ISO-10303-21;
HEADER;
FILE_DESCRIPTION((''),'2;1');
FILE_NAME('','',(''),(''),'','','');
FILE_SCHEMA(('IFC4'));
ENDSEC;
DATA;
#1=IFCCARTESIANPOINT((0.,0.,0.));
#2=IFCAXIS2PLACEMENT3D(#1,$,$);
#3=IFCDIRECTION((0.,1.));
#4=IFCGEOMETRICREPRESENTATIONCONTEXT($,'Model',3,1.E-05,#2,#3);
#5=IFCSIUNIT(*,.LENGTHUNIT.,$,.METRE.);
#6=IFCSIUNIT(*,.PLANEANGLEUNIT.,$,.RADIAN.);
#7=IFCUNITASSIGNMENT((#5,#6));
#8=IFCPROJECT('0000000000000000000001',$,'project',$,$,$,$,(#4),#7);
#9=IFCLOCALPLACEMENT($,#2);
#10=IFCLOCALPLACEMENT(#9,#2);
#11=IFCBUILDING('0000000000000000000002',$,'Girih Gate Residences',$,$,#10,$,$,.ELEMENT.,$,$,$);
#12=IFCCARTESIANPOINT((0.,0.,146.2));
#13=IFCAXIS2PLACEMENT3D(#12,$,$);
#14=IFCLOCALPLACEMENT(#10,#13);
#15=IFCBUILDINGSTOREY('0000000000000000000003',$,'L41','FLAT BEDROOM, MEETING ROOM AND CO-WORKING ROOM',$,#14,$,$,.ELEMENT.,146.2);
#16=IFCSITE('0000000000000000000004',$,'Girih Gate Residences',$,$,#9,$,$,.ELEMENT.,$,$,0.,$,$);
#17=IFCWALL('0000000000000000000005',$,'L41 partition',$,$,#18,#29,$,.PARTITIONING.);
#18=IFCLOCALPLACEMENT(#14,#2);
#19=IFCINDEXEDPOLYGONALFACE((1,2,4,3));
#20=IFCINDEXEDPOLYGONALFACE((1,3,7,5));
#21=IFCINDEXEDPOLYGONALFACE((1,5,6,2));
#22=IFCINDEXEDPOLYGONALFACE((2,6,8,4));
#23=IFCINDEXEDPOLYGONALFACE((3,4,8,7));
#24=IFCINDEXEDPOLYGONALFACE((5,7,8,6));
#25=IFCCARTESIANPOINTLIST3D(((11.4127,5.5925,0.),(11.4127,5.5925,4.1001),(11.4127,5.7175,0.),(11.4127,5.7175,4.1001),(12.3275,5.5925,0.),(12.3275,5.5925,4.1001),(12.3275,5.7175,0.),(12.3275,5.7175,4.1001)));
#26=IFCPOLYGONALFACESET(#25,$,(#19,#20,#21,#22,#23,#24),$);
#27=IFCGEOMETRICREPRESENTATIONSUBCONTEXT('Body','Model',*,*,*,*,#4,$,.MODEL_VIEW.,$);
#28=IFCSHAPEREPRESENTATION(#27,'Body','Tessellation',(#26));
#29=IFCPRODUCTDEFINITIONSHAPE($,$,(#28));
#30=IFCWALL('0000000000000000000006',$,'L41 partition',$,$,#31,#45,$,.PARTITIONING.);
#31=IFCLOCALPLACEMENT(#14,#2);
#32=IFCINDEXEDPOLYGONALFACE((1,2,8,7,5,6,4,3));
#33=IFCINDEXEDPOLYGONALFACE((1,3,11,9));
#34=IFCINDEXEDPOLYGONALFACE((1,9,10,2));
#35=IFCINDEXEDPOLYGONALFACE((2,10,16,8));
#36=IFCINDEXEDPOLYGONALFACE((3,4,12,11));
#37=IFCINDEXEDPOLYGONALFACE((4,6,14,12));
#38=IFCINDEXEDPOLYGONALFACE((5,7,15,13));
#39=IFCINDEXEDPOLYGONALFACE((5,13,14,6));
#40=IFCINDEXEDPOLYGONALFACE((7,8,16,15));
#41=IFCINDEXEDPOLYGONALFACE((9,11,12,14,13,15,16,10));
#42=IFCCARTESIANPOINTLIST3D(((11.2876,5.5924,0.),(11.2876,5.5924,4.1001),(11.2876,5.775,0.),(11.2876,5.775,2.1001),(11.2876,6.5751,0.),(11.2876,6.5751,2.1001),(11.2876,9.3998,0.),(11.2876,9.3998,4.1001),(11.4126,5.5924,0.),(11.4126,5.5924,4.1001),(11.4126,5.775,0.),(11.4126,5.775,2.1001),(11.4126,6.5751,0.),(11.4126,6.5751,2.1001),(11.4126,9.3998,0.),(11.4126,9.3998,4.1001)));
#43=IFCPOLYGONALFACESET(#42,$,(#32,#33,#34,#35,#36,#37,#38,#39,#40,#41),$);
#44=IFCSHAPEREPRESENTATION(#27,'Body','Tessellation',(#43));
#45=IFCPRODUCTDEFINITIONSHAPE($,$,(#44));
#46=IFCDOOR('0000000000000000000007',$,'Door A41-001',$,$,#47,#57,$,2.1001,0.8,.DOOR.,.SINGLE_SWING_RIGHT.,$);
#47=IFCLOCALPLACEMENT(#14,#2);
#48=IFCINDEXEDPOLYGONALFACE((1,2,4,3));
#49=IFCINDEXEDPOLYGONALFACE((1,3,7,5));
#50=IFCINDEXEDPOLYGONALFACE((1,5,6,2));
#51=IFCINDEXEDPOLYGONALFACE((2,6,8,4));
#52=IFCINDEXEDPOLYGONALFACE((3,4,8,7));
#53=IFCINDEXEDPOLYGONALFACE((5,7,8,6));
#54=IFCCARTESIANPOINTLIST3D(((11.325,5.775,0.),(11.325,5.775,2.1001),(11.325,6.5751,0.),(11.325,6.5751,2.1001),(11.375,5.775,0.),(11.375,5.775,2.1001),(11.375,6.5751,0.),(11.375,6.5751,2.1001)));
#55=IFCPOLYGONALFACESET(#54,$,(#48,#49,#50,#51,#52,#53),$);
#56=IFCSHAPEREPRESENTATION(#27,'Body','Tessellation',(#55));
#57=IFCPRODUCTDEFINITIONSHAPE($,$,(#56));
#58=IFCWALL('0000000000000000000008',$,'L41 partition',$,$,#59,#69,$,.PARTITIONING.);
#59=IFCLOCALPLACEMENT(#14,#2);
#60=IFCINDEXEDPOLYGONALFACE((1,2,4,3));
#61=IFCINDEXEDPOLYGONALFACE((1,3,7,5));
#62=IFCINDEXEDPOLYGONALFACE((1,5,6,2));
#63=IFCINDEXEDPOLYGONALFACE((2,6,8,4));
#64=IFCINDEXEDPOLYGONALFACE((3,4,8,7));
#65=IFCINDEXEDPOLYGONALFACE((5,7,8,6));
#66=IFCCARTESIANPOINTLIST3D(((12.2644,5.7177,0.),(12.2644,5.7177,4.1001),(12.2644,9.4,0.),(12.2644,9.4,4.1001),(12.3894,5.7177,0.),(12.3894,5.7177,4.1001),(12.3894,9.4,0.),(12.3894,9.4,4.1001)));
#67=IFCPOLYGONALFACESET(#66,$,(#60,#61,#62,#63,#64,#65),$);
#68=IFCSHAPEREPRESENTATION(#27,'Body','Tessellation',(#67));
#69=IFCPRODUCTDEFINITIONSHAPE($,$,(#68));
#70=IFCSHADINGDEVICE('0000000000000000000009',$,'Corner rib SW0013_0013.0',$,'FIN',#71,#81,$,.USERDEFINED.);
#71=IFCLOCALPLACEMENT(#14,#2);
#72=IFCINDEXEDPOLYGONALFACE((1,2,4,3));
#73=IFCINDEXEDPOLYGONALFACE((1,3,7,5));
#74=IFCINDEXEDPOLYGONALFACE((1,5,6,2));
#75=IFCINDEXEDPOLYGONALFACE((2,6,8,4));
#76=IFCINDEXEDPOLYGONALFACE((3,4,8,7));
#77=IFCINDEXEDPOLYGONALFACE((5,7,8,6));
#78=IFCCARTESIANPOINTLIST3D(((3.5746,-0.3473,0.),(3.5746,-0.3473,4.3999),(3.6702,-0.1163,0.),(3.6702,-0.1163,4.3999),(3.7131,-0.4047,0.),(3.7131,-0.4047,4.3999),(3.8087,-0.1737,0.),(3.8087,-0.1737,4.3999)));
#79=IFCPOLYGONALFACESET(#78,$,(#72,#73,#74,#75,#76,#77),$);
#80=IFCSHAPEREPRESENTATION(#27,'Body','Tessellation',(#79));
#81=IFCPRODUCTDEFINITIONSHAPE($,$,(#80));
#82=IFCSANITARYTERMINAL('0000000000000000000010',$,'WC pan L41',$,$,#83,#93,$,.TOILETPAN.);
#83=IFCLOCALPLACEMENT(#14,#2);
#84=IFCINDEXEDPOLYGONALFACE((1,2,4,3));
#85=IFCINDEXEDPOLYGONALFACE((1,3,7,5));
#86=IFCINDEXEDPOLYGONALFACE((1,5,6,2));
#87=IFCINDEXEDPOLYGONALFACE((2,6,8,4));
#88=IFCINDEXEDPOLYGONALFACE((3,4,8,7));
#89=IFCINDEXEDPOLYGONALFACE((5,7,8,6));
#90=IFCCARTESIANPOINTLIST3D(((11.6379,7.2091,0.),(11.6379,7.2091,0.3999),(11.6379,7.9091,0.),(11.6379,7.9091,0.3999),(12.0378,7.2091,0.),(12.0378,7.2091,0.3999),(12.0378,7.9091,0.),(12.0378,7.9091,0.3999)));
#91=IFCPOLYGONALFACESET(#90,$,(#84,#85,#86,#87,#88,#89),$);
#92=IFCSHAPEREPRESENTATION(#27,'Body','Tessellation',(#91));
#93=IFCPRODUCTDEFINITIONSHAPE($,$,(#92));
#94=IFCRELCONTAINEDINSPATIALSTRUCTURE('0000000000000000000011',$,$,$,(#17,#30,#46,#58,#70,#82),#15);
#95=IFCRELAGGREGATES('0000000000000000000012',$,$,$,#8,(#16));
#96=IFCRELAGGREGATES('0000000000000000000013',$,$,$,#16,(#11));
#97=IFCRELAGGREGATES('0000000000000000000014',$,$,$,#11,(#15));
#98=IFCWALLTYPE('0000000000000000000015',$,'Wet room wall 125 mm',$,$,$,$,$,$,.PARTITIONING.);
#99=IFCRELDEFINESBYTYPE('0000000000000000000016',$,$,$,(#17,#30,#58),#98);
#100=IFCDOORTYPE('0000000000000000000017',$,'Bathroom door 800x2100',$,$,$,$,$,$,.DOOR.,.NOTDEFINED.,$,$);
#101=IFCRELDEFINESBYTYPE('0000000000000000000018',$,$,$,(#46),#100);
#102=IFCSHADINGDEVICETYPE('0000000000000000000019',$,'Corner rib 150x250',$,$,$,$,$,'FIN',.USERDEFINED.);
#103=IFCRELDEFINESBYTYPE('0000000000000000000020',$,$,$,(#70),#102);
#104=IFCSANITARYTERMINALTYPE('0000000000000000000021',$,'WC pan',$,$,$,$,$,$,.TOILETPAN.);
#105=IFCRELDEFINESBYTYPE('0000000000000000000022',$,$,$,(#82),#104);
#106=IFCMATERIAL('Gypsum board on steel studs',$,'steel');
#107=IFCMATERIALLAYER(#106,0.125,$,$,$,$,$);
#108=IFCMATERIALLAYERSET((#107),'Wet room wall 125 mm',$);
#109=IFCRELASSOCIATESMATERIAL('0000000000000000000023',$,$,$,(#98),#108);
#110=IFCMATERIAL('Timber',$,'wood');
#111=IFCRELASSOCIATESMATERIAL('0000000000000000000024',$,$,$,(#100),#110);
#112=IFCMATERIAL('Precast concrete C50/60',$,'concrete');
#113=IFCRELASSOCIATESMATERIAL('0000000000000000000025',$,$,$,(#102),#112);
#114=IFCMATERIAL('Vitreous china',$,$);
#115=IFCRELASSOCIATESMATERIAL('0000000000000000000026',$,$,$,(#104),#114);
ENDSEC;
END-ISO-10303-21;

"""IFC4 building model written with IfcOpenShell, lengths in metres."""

from ifc_helpers import new_model, si_unit, direction, frame, frame_2d, origin, origin_2d, place, context, subcontext, project, spatial, rectangle, extrude, material, layer, layer_set, type_object, element, fill, save


model = new_model("IFC4")

# Units and contexts
model_context = context("Model", 3, precision=1e-05, world=origin(), true_north=direction((0.0, 1.0)))
body_context = subcontext(model_context, "Body", "Model", "MODEL_VIEW")
ifc_project = project(units=[si_unit("LENGTHUNIT", "METRE"), si_unit("PLANEANGLEUNIT", "RADIAN")], contexts=[model_context])

# Site, building, storey
site_placement = place(None, origin())
site = spatial("IfcSite", under=ifc_project, at=site_placement, Name="Girih Gate Residences", CompositionType="ELEMENT", RefElevation=0.0)
building_placement = place(site_placement, origin())
building = spatial("IfcBuilding", under=site, at=building_placement, Name="Girih Gate Residences", CompositionType="ELEMENT")
storey_placement = place(building_placement, frame((0.0, 0.0, 146.2)))
storey = spatial("IfcBuildingStorey", under=building, at=storey_placement, Name="L41", Description="FLAT BEDROOM, MEETING ROOM AND CO-WORKING ROOM", CompositionType="ELEMENT", Elevation=146.2)

# Shared definitions
ifc_material_1 = material(Name="Gypsum board on steel studs", Category="steel")

# Shared definitions
ifc_material_2 = material(Name="Timber", Category="wood")

# Shared definitions
ifc_material_3 = material(Name="Precast concrete C50/60", Category="concrete")

# Wall
ifc_layer_1 = layer(ifc_material_1, 0.125)
ifc_layer_set_1 = layer_set([ifc_layer_1], Name="Wet room wall 125 mm")
wall_type_1 = type_object("IfcWallType", Name="Wet room wall 125 mm", PredefinedType="PARTITIONING", material=ifc_layer_set_1)
wall_1_placement = place(storey_placement, frame((11.4126, 5.655, 0.0), z_axis=(0.0, 0.0, 1.0), x_axis=(1.0, 0.0, 0.0)))
element("IfcWall", 1, at=wall_1_placement, inside=storey, type_object=wall_type_1, Name="L41 partition", PredefinedType="PARTITIONING", context=body_context, shape_type="SweptSolid", body=[
    extrude(rectangle(XDim=0.9148, YDim=0.125, at=frame_2d((0.4575, 0.0))), origin(), (0.0, 0.0, 1.0), 4.1001),
])

# Wall, opening, door
wall_2_placement = place(storey_placement, frame((11.3501, 9.3999, 0.0), z_axis=(0.0, 0.0, 1.0), x_axis=(0.0, -1.0, 0.0)))
wall_2 = element("IfcWall", 2, at=wall_2_placement, inside=storey, type_object=wall_type_1, Name="L41 partition", PredefinedType="PARTITIONING", context=body_context, shape_type="SweptSolid", body=[
    extrude(rectangle(XDim=3.8074, YDim=0.125, at=frame_2d((1.9038, 0.0))), origin(), (0.0, 0.0, 1.0), 4.1001),
])
opening_1_placement = place(wall_2_placement, frame((2.825, 0.0, 0.0)))
opening_1 = element("IfcOpeningElement", 3, at=opening_1_placement, cuts=wall_2, PredefinedType="OPENING", context=body_context, shape_type="SweptSolid", body=[
    extrude(rectangle(XDim=0.8, YDim=2.1001, at=frame_2d((0.3999, 1.05))), frame((0.0, 0.0725, 0.0), z_axis=(0.0, -1.0, 0.0), x_axis=(1.0, 0.0, 0.0)), (0.0, 0.0, 1.0), 0.145),
])
door_type_1 = type_object("IfcDoorType", Name="Bathroom door 800x2100", OperationType="NOTDEFINED", PredefinedType="DOOR", material=ifc_material_2)
door_1_placement = place(opening_1_placement, origin())
door_1 = element("IfcDoor", 4, at=door_1_placement, inside=storey, type_object=door_type_1, Name="Door A41-001", OperationType="SINGLE_SWING_RIGHT", OverallHeight=2.1001, OverallWidth=0.8, PredefinedType="DOOR", context=body_context, shape_type="SweptSolid", body=[
    extrude(rectangle(XDim=0.8, YDim=2.1001, at=frame_2d((0.3999, 1.05))), frame((0.0, 0.0249, 0.0), z_axis=(0.0, -1.0, 0.0), x_axis=(1.0, 0.0, 0.0)), (0.0, 0.0, 1.0), 0.05),
])
fill(opening_1, door_1)

# Wall
wall_3_placement = place(storey_placement, frame((12.3269, 5.7175, 0.0), z_axis=(0.0, 0.0, 1.0), x_axis=(0.0, 1.0, 0.0)))
element("IfcWall", 5, at=wall_3_placement, inside=storey, type_object=wall_type_1, Name="L41 partition", PredefinedType="PARTITIONING", context=body_context, shape_type="SweptSolid", body=[
    extrude(rectangle(XDim=3.6824, YDim=0.125, at=frame_2d((1.8413, 0.0))), origin(), (0.0, 0.0, 1.0), 4.1001),
])

# Shading device
shading_device_type = type_object("IfcShadingDeviceType", Name="Corner rib 150x250", ElementType="FIN", PredefinedType="USERDEFINED", material=ifc_material_3)
shading_device_placement = place(storey_placement, frame((3.6917, -0.2605, 0.0), z_axis=(0.0, 0.0, 1.0), x_axis=(0.92388, -0.382683, 0.0)))
element("IfcShadingDevice", 6, at=shading_device_placement, inside=storey, type_object=shading_device_type, Name="Corner rib SW0013_0013.0", ObjectType="FIN", PredefinedType="USERDEFINED", context=body_context, shape_type="SweptSolid", body=[
    extrude(rectangle(XDim=0.1499, YDim=0.25, at=origin_2d()), origin(), (0.0, 0.0, 1.0), 4.3999),
])

# Sanitary terminal
ifc_material_4 = material(Name="Vitreous china")
sanitary_terminal_type = type_object("IfcSanitaryTerminalType", Name="WC pan", PredefinedType="TOILETPAN", material=ifc_material_4)
sanitary_terminal_placement = place(storey_placement, frame((11.8379, 7.5591, 0.0), z_axis=(0.0, 0.0, 1.0), x_axis=(1.0, 0.0, 0.0)))
element("IfcSanitaryTerminal", 7, at=sanitary_terminal_placement, inside=storey, type_object=sanitary_terminal_type, Name="WC pan L41", PredefinedType="TOILETPAN", context=body_context, shape_type="SweptSolid", body=[
    extrude(rectangle(XDim=0.3999, YDim=0.7, at=origin_2d()), origin(), (0.0, 0.0, 1.0), 0.3999),
])

save(model, "model.ifc")
